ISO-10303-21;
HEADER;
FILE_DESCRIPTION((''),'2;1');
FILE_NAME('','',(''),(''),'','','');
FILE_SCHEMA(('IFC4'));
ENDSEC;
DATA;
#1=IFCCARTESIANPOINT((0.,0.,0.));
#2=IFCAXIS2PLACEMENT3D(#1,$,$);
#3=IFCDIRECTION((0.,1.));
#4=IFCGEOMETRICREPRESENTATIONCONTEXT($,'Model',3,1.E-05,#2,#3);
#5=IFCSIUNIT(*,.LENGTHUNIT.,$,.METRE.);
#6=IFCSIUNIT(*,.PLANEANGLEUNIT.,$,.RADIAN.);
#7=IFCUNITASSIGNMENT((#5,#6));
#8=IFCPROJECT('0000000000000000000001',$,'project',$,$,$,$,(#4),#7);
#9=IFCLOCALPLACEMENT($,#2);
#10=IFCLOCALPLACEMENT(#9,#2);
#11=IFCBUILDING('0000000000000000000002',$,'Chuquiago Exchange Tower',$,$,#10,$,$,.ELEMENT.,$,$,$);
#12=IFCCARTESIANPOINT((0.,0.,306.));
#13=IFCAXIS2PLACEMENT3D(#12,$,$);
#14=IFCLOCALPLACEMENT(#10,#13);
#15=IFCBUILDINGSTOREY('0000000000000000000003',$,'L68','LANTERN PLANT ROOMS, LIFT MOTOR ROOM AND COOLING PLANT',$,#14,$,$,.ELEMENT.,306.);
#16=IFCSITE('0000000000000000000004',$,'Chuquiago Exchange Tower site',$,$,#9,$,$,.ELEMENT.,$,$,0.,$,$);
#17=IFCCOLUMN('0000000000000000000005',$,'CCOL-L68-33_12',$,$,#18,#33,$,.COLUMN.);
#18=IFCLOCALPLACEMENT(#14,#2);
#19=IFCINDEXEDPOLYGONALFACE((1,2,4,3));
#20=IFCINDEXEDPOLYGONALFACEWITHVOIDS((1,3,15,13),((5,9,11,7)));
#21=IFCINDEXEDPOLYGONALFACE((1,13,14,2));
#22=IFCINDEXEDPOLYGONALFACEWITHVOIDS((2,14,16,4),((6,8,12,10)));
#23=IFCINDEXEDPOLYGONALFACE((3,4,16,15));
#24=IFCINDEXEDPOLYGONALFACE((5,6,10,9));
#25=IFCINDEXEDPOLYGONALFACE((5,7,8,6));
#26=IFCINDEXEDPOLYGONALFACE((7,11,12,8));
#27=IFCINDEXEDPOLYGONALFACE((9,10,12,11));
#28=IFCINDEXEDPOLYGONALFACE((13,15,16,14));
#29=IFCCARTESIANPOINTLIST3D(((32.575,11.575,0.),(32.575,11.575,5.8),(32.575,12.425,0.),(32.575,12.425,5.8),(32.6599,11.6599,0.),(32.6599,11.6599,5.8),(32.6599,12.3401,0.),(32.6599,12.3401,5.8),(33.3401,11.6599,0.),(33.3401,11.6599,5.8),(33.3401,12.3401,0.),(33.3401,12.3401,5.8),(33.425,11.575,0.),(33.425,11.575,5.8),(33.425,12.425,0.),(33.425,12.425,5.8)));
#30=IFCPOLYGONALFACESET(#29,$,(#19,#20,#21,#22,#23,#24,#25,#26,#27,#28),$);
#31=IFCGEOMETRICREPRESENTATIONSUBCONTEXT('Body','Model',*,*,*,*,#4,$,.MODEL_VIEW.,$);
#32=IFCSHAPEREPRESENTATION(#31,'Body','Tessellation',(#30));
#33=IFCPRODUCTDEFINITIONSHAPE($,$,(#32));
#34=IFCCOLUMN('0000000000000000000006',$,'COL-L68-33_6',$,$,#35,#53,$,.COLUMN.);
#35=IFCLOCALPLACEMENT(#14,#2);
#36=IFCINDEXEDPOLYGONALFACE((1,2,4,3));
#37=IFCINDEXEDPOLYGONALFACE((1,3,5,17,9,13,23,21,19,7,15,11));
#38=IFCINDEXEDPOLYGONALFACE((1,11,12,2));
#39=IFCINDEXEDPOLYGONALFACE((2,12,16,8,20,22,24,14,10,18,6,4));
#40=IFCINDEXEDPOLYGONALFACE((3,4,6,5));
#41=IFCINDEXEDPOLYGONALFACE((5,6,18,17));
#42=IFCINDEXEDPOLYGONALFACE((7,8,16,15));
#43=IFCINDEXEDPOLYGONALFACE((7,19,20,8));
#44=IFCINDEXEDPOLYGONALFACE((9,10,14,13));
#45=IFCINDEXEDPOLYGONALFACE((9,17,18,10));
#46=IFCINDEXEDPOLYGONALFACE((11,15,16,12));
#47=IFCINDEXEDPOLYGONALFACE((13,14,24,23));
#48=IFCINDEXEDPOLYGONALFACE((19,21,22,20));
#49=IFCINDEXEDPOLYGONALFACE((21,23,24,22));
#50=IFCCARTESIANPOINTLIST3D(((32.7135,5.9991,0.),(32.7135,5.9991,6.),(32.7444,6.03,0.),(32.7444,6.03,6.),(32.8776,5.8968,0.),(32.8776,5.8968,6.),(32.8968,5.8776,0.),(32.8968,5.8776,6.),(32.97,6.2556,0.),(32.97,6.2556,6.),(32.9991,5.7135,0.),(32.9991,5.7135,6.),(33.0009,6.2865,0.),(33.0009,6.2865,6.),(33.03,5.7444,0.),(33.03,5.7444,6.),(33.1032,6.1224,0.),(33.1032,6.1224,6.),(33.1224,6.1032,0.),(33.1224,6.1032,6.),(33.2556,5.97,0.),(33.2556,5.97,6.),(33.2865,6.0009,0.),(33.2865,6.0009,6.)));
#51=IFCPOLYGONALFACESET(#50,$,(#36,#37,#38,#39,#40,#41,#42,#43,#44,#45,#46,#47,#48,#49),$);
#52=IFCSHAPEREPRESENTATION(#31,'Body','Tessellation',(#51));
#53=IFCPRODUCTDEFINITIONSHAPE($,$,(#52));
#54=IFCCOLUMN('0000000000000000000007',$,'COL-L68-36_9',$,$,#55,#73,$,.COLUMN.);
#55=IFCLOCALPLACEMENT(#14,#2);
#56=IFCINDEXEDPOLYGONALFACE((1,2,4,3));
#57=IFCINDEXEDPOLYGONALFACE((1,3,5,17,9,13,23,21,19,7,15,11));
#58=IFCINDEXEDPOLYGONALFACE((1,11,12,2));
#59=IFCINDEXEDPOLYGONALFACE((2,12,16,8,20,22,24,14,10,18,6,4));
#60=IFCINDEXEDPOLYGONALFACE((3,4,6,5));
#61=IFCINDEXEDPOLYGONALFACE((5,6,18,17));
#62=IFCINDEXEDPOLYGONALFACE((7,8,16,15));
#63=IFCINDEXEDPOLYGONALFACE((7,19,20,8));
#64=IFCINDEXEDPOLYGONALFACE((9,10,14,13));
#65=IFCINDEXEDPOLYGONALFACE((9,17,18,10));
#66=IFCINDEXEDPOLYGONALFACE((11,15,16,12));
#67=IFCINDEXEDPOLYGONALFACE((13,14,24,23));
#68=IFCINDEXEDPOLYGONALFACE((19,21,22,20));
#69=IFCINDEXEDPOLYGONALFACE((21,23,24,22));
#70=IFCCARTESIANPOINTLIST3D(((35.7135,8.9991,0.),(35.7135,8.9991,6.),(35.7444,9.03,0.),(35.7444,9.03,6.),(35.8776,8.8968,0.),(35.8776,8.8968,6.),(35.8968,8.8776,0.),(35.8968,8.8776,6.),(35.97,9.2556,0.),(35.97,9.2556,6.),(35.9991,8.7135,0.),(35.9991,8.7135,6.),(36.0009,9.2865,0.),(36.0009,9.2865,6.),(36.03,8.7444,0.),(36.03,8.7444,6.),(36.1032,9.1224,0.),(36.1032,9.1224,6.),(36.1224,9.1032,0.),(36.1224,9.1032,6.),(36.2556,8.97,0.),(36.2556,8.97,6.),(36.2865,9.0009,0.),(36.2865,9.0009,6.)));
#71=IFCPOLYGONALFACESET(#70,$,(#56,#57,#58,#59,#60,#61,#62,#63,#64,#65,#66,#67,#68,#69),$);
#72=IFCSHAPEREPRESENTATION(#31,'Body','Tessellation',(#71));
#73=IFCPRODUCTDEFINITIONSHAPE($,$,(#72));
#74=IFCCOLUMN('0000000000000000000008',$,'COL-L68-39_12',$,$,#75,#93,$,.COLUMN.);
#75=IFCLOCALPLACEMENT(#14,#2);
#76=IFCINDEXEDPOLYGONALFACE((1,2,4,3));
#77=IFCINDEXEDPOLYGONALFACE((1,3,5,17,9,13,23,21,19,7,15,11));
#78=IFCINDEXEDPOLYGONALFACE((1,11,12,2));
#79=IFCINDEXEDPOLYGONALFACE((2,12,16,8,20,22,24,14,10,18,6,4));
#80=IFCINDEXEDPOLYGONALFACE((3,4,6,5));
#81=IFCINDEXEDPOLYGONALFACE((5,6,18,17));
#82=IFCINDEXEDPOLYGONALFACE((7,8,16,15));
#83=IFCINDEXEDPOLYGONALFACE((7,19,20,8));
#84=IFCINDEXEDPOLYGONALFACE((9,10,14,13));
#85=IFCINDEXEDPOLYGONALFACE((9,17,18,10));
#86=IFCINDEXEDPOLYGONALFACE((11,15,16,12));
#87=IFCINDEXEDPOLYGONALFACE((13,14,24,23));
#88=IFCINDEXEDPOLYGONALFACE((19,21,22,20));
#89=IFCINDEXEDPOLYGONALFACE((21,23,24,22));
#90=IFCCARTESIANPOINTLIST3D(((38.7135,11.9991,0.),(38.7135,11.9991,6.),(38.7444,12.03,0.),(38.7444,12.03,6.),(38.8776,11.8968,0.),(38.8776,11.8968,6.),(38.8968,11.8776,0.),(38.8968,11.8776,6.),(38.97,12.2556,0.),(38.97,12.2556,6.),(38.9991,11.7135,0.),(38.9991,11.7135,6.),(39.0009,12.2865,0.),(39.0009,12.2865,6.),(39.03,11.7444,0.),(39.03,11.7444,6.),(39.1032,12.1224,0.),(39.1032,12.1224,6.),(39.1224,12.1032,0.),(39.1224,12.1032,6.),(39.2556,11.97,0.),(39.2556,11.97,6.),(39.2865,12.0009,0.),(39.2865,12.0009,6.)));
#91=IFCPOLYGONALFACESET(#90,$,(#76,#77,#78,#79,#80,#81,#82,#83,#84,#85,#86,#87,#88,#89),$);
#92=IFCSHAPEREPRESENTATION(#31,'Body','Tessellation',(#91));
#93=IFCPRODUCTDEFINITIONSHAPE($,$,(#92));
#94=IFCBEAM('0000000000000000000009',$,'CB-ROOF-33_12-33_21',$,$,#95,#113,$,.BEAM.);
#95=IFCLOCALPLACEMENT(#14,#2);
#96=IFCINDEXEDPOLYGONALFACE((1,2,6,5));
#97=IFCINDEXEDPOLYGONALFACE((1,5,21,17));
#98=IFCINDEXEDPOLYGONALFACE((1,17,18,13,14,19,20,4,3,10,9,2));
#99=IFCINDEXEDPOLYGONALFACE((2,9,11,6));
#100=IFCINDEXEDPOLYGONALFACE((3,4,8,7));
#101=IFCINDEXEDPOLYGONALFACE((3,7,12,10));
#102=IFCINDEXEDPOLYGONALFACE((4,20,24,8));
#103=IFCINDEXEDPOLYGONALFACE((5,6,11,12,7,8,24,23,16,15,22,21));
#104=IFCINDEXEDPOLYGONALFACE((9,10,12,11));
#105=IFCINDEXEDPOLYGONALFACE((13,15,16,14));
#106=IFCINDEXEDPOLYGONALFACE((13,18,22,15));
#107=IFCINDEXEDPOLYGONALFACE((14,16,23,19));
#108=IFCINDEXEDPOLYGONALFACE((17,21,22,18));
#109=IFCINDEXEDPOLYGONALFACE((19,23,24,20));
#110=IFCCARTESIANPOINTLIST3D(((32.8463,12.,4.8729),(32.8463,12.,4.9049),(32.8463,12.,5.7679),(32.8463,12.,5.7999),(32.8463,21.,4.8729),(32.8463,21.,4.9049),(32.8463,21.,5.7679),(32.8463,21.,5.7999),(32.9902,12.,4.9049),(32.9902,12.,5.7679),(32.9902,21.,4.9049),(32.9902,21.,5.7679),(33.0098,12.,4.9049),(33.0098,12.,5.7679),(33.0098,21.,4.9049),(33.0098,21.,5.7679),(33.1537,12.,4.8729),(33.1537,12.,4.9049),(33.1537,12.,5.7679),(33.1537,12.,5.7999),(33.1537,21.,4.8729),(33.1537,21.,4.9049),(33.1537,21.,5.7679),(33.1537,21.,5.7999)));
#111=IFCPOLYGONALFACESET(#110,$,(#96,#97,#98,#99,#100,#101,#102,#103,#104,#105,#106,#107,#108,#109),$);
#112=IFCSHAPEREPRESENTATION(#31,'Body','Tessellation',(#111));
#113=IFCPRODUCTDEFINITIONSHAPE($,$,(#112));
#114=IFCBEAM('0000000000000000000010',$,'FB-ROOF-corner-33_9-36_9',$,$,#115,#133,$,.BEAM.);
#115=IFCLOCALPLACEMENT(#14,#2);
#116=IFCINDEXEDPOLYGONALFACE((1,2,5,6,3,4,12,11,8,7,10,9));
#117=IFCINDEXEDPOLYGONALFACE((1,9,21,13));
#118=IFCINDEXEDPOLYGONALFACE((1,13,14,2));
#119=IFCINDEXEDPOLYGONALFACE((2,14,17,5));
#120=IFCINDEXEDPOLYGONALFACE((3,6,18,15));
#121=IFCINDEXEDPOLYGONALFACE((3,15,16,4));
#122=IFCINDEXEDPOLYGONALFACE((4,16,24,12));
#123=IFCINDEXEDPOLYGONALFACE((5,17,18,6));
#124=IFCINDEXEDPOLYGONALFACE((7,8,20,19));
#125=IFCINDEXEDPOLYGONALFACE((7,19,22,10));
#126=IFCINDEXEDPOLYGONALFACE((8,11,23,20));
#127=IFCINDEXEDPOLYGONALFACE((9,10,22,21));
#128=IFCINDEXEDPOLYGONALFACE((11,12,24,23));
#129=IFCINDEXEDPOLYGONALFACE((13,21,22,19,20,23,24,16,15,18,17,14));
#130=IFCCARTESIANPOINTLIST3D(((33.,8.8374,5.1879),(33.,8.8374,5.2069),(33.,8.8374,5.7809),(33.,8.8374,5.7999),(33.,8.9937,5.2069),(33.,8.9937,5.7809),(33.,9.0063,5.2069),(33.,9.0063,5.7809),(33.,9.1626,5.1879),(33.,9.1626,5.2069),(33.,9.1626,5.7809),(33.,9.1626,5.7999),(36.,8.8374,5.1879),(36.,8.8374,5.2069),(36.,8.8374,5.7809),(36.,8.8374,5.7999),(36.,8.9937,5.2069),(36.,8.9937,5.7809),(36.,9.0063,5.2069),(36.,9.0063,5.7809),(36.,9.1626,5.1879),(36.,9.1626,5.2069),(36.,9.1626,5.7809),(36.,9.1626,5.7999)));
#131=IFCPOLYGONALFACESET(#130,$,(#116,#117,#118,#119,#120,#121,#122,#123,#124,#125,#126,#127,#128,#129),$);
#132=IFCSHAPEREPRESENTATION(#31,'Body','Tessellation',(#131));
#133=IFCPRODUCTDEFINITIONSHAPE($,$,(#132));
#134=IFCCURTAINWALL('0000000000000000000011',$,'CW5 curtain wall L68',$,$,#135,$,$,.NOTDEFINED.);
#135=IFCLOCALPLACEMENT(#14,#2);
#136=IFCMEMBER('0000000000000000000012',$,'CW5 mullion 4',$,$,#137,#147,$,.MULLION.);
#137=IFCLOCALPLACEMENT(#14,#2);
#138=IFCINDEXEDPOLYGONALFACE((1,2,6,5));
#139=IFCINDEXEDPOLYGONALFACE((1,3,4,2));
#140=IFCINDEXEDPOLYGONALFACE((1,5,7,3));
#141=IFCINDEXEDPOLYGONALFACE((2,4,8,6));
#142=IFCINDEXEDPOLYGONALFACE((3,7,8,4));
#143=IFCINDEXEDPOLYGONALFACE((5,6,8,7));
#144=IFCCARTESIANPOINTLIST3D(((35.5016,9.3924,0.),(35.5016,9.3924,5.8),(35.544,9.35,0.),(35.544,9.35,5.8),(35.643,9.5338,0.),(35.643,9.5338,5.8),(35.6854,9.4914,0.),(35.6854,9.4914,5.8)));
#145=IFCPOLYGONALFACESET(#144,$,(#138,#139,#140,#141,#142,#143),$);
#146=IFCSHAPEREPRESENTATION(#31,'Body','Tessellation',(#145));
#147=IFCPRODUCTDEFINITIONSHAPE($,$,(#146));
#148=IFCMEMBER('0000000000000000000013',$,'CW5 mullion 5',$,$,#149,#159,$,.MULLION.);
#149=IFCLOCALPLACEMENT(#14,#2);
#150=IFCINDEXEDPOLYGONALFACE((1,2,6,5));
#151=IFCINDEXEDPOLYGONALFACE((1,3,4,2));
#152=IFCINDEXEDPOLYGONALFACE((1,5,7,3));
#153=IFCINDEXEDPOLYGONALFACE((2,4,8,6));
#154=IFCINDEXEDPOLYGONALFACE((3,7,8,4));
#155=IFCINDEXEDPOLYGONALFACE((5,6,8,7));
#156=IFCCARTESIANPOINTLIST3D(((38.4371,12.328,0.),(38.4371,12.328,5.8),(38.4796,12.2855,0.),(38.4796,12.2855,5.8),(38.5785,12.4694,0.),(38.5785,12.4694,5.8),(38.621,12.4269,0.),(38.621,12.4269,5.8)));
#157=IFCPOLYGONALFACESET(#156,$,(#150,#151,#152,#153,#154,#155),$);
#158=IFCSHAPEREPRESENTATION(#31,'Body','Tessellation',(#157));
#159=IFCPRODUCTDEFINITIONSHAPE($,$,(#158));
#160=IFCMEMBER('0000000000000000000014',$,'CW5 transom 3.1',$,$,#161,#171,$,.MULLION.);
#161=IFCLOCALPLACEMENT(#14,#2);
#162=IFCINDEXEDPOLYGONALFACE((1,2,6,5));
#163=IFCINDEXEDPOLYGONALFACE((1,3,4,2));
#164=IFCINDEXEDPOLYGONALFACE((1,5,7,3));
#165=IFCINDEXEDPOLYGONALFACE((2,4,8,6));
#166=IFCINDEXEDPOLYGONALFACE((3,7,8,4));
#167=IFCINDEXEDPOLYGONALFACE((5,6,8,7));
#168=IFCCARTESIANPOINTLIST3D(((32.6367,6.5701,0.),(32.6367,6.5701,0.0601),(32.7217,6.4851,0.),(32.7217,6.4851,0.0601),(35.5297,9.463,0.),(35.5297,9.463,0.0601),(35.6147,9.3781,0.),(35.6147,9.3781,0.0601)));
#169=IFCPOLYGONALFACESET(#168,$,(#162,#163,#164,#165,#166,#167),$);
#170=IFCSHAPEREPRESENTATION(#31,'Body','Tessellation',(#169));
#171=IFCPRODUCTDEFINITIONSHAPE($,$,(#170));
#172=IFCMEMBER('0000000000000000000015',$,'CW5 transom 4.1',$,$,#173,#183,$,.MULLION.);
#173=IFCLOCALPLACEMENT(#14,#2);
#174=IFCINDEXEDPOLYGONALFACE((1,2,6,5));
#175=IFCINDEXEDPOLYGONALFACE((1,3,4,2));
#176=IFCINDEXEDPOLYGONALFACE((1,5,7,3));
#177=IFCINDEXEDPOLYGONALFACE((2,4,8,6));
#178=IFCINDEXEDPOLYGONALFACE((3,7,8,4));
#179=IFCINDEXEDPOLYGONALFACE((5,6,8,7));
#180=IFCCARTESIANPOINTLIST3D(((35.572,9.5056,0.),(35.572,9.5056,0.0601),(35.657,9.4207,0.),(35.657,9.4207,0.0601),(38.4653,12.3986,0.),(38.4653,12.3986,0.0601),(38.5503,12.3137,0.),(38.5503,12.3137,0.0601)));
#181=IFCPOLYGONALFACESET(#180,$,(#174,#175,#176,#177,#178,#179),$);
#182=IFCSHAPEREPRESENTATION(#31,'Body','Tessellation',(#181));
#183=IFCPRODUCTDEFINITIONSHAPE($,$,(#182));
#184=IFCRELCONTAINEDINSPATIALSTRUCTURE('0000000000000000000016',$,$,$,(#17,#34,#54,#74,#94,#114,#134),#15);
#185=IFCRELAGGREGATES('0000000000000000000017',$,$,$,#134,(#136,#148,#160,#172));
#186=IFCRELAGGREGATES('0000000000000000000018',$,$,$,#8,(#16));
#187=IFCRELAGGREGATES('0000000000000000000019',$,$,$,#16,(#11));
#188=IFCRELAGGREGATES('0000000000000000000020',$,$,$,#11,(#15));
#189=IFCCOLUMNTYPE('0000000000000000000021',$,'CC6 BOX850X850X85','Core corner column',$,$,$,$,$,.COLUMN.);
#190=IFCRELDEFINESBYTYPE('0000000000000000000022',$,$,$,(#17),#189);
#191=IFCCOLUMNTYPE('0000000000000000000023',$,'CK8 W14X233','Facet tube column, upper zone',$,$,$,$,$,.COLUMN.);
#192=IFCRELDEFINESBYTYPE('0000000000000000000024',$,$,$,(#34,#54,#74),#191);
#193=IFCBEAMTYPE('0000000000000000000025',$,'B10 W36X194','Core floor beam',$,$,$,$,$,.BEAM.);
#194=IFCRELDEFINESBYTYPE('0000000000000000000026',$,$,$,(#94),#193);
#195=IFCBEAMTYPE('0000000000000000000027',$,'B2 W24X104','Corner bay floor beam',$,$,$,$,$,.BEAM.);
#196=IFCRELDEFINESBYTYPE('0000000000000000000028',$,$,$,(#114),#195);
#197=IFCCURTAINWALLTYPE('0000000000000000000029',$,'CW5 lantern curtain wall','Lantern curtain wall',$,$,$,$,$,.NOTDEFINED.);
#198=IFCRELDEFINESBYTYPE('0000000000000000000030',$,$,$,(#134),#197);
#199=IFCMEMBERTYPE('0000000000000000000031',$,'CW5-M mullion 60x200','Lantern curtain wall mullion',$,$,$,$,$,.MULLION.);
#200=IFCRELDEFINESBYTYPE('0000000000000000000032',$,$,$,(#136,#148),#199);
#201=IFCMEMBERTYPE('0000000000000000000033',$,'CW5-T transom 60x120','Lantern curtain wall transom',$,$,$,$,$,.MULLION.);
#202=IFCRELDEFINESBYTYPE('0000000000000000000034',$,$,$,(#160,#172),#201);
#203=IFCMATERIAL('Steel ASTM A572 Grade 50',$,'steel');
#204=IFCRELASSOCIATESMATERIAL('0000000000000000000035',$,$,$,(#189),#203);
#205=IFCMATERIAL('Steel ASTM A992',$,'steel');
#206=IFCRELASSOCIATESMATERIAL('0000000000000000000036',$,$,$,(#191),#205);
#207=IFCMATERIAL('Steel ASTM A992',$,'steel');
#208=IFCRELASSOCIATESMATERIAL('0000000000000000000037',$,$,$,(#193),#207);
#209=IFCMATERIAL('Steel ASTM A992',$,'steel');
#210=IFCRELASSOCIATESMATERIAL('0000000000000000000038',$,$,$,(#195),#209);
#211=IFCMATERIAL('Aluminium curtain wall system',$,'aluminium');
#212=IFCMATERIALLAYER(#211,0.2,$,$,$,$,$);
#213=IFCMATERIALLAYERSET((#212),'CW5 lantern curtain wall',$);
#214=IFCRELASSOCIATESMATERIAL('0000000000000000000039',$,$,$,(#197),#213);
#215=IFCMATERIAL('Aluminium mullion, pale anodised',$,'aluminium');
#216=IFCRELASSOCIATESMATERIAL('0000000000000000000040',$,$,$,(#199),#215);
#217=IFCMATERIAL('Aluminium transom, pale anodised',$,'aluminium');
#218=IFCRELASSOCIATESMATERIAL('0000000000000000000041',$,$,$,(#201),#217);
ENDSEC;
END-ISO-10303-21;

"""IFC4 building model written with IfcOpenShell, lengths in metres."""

from ifc_helpers import new_model, si_unit, direction, frame, origin, origin_2d, place, context, subcontext, project, spatial, rectangle, hollow_rectangle, i_section, extrude, material, layer, layer_set, material_profile, profile_set, type_object, element, aggregate, save


model = new_model("IFC4")

# Units and contexts
model_context = context("Model", 3, precision=1e-05, world=origin(), true_north=direction((0.0, 1.0)))
body_context = subcontext(model_context, "Body", "Model", "MODEL_VIEW")
ifc_project = project(units=[si_unit("LENGTHUNIT", "METRE"), si_unit("PLANEANGLEUNIT", "RADIAN")], contexts=[model_context])

# Site, building, storey
site_placement = place(None, origin())
site = spatial("IfcSite", under=ifc_project, at=site_placement, Name="Chuquiago Exchange Tower site", CompositionType="ELEMENT", RefElevation=0.0)
building_placement = place(site_placement, origin())
building = spatial("IfcBuilding", under=site, at=building_placement, Name="Chuquiago Exchange Tower", CompositionType="ELEMENT")
storey_placement = place(building_placement, frame((0.0, 0.0, 306.0)))
storey = spatial("IfcBuildingStorey", under=building, at=storey_placement, Name="L68", Description="LANTERN PLANT ROOMS, LIFT MOTOR ROOM AND COOLING PLANT", CompositionType="ELEMENT", Elevation=306.0)

# Columns
ifc_material_1 = material(Name="Steel ASTM A572 Grade 50", Category="steel")
ifc_material_profile_1 = material_profile(ifc_material_1, hollow_rectangle(XDim=0.8501, YDim=0.8501, WallThickness=0.085, at=origin_2d()), Name="BOX850X850X85")
ifc_profile_set_1 = profile_set([ifc_material_profile_1], Name="Steel ASTM A572 Grade 50")
column_type_1 = type_object("IfcColumnType", Name="CC6 BOX850X850X85", Description="Core corner column", PredefinedType="COLUMN", material=ifc_profile_set_1)
column_placement = place(storey_placement, frame((33.0, 12.0, 0.0), z_axis=(0.0, 0.0, 1.0), x_axis=(1.0, 0.0, 0.0)))
element("IfcColumn", 1, at=column_placement, inside=storey, type_object=column_type_1, Name="CCOL-L68-33_12", PredefinedType="COLUMN", context=body_context, shape_type="SweptSolid", body=[
    extrude(hollow_rectangle(XDim=0.8501, YDim=0.8501, WallThickness=0.085, at=origin_2d()), origin(), (0.0, 0.0, 1.0), 5.8),
])
ifc_material_2 = material(Name="Steel ASTM A992", Category="steel")
ifc_material_profile_2 = material_profile(ifc_material_2, i_section(OverallWidth=0.4038, OverallDepth=0.4065, WebThickness=0.0271, FlangeThickness=0.0437, at=origin_2d()), Name="W14X233")
ifc_profile_set_2 = profile_set([ifc_material_profile_2], Name="Steel ASTM A992")
column_type_2 = type_object("IfcColumnType", Name="CK8 W14X233", Description="Facet tube column, upper zone", PredefinedType="COLUMN", material=ifc_profile_set_2)
for number, where, z_axis, x_axis, name in (
    (2, (33.0, 6.0, 0.0), (0.0, 0.0, 1.0), (0.707107, -0.707107, 0.0), "COL-L68-33_6"),
    (3, (36.0, 9.0, 0.0), (0.0, 0.0, 1.0), (0.707107, -0.707107, 0.0), "COL-L68-36_9"),
    (4, (39.0, 12.0, 0.0), (0.0, 0.0, 1.0), (0.707107, -0.707107, 0.0), "COL-L68-39_12"),
):
    element("IfcColumn", number, at=place(storey_placement, frame(where, z_axis=z_axis, x_axis=x_axis)), inside=storey, type_object=column_type_2, Name=name, PredefinedType="COLUMN", context=body_context, shape_type="SweptSolid", body=[
        extrude(i_section(OverallWidth=0.4038, OverallDepth=0.4065, WebThickness=0.0271, FlangeThickness=0.0437, at=origin_2d()), origin(), (0.0, 0.0, 1.0), 6.0),
    ])

# Beams
ifc_material_3 = material(Name="Steel ASTM A992", Category="steel")
ifc_material_profile_3 = material_profile(ifc_material_3, i_section(OverallWidth=0.3074, OverallDepth=0.927, WebThickness=0.0195, FlangeThickness=0.032, at=origin_2d()), Name="W36X194")
ifc_profile_set_3 = profile_set([ifc_material_profile_3], Name="Steel ASTM A992")
beam_type_1 = type_object("IfcBeamType", Name="B10 W36X194", Description="Core floor beam", PredefinedType="BEAM", material=ifc_profile_set_3)
beam_1_placement = place(storey_placement, frame((33.0, 12.0, 5.3364), z_axis=(0.0, 1.0, 0.0), x_axis=(-1.0, 0.0, 0.0)))
element("IfcBeam", 5, at=beam_1_placement, inside=storey, type_object=beam_type_1, Name="CB-ROOF-33_12-33_21", PredefinedType="BEAM", context=body_context, shape_type="SweptSolid", body=[
    extrude(i_section(OverallWidth=0.3074, OverallDepth=0.927, WebThickness=0.0195, FlangeThickness=0.032, at=origin_2d()), origin(), (0.0, 0.0, 1.0), 9.0),
])
ifc_material_4 = material(Name="Steel ASTM A992", Category="steel")
ifc_material_profile_4 = material_profile(ifc_material_4, i_section(OverallWidth=0.3252, OverallDepth=0.6121, WebThickness=0.0127, FlangeThickness=0.019, at=origin_2d()), Name="W24X104")
ifc_profile_set_4 = profile_set([ifc_material_profile_4], Name="Steel ASTM A992")
beam_type_2 = type_object("IfcBeamType", Name="B2 W24X104", Description="Corner bay floor beam", PredefinedType="BEAM", material=ifc_profile_set_4)
beam_2_placement = place(storey_placement, frame((33.0, 9.0, 5.4939), z_axis=(1.0, 0.0, 0.0), x_axis=(0.0, 1.0, 0.0)))
element("IfcBeam", 6, at=beam_2_placement, inside=storey, type_object=beam_type_2, Name="FB-ROOF-corner-33_9-36_9", PredefinedType="BEAM", context=body_context, shape_type="SweptSolid", body=[
    extrude(i_section(OverallWidth=0.3252, OverallDepth=0.6121, WebThickness=0.0127, FlangeThickness=0.019, at=origin_2d()), origin(), (0.0, 0.0, 1.0), 3.0),
])

# Curtain wall, members
ifc_material_5 = material(Name="Aluminium curtain wall system", Category="aluminium")
ifc_layer_1 = layer(ifc_material_5, 0.2)
ifc_layer_set_1 = layer_set([ifc_layer_1], Name="CW5 lantern curtain wall")
curtain_wall_type = type_object("IfcCurtainWallType", Name="CW5 lantern curtain wall", Description="Lantern curtain wall", PredefinedType="NOTDEFINED", material=ifc_layer_set_1)
curtain_wall_placement = place(storey_placement, origin())
curtain_wall = element("IfcCurtainWall", 7, at=curtain_wall_placement, inside=storey, type_object=curtain_wall_type, Name="CW5 curtain wall L68", PredefinedType="NOTDEFINED")
ifc_material_6 = material(Name="Aluminium mullion, pale anodised", Category="aluminium")
ifc_material_profile_5 = material_profile(ifc_material_6, rectangle(XDim=0.0601, YDim=0.2, at=origin_2d()), Name="AL 60x200")
ifc_profile_set_5 = profile_set([ifc_material_profile_5], Name="Aluminium mullion, pale anodised")
member_type_1 = type_object("IfcMemberType", Name="CW5-M mullion 60x200", Description="Lantern curtain wall mullion", PredefinedType="MULLION", material=ifc_profile_set_5)
member_1_placement = place(storey_placement, frame((35.5935, 9.4419, 0.0), z_axis=(0.0, 0.0, 1.0), x_axis=(-0.707105, 0.707109, 0.0)))
member_1 = element("IfcMember", 8, at=member_1_placement, type_object=member_type_1, Name="CW5 mullion 4", PredefinedType="MULLION", context=body_context, shape_type="SweptSolid", body=[
    extrude(rectangle(XDim=0.0601, YDim=0.2, at=origin_2d()), origin(), (0.0, 0.0, 1.0), 5.8),
])
member_2_placement = place(storey_placement, frame((38.5291, 12.3774, 0.0), z_axis=(0.0, 0.0, 1.0), x_axis=(-0.707105, 0.707109, 0.0)))
member_2 = element("IfcMember", 9, at=member_2_placement, type_object=member_type_1, Name="CW5 mullion 5", PredefinedType="MULLION", context=body_context, shape_type="SweptSolid", body=[
    extrude(rectangle(XDim=0.0601, YDim=0.2, at=origin_2d()), origin(), (0.0, 0.0, 1.0), 5.8),
])
ifc_material_7 = material(Name="Aluminium transom, pale anodised", Category="aluminium")
ifc_material_profile_6 = material_profile(ifc_material_7, rectangle(XDim=0.1201, YDim=0.0601, at=origin_2d()), Name="AL 120x60")
ifc_profile_set_6 = profile_set([ifc_material_profile_6], Name="Aluminium transom, pale anodised")
member_type_2 = type_object("IfcMemberType", Name="CW5-T transom 60x120", Description="Lantern curtain wall transom", PredefinedType="MULLION", material=ifc_profile_set_6)
member_3_placement = place(storey_placement, frame((32.6792, 6.5276, 0.03), z_axis=(0.707107, 0.707107, 0.0), x_axis=(-0.707107, 0.707107, 0.0)))
member_3 = element("IfcMember", 10, at=member_3_placement, type_object=member_type_2, Name="CW5 transom 3.1", PredefinedType="MULLION", context=body_context, shape_type="SweptSolid", body=[
    extrude(rectangle(XDim=0.1201, YDim=0.0601, at=origin_2d()), origin(), (0.0, 0.0, 1.0), 4.0913),
])
member_4_placement = place(storey_placement, frame((35.6145, 9.4631, 0.03), z_axis=(0.707137, 0.707077, 0.0), x_axis=(-0.707077, 0.707137, 0.0)))
member_4 = element("IfcMember", 11, at=member_4_placement, type_object=member_type_2, Name="CW5 transom 4.1", PredefinedType="MULLION", context=body_context, shape_type="SweptSolid", body=[
    extrude(rectangle(XDim=0.1201, YDim=0.0601, at=origin_2d()), origin(), (0.0, 0.0, 1.0), 4.0916),
])

aggregate(curtain_wall, [member_1, member_2, member_3, member_4])

save(model, "model.ifc")
